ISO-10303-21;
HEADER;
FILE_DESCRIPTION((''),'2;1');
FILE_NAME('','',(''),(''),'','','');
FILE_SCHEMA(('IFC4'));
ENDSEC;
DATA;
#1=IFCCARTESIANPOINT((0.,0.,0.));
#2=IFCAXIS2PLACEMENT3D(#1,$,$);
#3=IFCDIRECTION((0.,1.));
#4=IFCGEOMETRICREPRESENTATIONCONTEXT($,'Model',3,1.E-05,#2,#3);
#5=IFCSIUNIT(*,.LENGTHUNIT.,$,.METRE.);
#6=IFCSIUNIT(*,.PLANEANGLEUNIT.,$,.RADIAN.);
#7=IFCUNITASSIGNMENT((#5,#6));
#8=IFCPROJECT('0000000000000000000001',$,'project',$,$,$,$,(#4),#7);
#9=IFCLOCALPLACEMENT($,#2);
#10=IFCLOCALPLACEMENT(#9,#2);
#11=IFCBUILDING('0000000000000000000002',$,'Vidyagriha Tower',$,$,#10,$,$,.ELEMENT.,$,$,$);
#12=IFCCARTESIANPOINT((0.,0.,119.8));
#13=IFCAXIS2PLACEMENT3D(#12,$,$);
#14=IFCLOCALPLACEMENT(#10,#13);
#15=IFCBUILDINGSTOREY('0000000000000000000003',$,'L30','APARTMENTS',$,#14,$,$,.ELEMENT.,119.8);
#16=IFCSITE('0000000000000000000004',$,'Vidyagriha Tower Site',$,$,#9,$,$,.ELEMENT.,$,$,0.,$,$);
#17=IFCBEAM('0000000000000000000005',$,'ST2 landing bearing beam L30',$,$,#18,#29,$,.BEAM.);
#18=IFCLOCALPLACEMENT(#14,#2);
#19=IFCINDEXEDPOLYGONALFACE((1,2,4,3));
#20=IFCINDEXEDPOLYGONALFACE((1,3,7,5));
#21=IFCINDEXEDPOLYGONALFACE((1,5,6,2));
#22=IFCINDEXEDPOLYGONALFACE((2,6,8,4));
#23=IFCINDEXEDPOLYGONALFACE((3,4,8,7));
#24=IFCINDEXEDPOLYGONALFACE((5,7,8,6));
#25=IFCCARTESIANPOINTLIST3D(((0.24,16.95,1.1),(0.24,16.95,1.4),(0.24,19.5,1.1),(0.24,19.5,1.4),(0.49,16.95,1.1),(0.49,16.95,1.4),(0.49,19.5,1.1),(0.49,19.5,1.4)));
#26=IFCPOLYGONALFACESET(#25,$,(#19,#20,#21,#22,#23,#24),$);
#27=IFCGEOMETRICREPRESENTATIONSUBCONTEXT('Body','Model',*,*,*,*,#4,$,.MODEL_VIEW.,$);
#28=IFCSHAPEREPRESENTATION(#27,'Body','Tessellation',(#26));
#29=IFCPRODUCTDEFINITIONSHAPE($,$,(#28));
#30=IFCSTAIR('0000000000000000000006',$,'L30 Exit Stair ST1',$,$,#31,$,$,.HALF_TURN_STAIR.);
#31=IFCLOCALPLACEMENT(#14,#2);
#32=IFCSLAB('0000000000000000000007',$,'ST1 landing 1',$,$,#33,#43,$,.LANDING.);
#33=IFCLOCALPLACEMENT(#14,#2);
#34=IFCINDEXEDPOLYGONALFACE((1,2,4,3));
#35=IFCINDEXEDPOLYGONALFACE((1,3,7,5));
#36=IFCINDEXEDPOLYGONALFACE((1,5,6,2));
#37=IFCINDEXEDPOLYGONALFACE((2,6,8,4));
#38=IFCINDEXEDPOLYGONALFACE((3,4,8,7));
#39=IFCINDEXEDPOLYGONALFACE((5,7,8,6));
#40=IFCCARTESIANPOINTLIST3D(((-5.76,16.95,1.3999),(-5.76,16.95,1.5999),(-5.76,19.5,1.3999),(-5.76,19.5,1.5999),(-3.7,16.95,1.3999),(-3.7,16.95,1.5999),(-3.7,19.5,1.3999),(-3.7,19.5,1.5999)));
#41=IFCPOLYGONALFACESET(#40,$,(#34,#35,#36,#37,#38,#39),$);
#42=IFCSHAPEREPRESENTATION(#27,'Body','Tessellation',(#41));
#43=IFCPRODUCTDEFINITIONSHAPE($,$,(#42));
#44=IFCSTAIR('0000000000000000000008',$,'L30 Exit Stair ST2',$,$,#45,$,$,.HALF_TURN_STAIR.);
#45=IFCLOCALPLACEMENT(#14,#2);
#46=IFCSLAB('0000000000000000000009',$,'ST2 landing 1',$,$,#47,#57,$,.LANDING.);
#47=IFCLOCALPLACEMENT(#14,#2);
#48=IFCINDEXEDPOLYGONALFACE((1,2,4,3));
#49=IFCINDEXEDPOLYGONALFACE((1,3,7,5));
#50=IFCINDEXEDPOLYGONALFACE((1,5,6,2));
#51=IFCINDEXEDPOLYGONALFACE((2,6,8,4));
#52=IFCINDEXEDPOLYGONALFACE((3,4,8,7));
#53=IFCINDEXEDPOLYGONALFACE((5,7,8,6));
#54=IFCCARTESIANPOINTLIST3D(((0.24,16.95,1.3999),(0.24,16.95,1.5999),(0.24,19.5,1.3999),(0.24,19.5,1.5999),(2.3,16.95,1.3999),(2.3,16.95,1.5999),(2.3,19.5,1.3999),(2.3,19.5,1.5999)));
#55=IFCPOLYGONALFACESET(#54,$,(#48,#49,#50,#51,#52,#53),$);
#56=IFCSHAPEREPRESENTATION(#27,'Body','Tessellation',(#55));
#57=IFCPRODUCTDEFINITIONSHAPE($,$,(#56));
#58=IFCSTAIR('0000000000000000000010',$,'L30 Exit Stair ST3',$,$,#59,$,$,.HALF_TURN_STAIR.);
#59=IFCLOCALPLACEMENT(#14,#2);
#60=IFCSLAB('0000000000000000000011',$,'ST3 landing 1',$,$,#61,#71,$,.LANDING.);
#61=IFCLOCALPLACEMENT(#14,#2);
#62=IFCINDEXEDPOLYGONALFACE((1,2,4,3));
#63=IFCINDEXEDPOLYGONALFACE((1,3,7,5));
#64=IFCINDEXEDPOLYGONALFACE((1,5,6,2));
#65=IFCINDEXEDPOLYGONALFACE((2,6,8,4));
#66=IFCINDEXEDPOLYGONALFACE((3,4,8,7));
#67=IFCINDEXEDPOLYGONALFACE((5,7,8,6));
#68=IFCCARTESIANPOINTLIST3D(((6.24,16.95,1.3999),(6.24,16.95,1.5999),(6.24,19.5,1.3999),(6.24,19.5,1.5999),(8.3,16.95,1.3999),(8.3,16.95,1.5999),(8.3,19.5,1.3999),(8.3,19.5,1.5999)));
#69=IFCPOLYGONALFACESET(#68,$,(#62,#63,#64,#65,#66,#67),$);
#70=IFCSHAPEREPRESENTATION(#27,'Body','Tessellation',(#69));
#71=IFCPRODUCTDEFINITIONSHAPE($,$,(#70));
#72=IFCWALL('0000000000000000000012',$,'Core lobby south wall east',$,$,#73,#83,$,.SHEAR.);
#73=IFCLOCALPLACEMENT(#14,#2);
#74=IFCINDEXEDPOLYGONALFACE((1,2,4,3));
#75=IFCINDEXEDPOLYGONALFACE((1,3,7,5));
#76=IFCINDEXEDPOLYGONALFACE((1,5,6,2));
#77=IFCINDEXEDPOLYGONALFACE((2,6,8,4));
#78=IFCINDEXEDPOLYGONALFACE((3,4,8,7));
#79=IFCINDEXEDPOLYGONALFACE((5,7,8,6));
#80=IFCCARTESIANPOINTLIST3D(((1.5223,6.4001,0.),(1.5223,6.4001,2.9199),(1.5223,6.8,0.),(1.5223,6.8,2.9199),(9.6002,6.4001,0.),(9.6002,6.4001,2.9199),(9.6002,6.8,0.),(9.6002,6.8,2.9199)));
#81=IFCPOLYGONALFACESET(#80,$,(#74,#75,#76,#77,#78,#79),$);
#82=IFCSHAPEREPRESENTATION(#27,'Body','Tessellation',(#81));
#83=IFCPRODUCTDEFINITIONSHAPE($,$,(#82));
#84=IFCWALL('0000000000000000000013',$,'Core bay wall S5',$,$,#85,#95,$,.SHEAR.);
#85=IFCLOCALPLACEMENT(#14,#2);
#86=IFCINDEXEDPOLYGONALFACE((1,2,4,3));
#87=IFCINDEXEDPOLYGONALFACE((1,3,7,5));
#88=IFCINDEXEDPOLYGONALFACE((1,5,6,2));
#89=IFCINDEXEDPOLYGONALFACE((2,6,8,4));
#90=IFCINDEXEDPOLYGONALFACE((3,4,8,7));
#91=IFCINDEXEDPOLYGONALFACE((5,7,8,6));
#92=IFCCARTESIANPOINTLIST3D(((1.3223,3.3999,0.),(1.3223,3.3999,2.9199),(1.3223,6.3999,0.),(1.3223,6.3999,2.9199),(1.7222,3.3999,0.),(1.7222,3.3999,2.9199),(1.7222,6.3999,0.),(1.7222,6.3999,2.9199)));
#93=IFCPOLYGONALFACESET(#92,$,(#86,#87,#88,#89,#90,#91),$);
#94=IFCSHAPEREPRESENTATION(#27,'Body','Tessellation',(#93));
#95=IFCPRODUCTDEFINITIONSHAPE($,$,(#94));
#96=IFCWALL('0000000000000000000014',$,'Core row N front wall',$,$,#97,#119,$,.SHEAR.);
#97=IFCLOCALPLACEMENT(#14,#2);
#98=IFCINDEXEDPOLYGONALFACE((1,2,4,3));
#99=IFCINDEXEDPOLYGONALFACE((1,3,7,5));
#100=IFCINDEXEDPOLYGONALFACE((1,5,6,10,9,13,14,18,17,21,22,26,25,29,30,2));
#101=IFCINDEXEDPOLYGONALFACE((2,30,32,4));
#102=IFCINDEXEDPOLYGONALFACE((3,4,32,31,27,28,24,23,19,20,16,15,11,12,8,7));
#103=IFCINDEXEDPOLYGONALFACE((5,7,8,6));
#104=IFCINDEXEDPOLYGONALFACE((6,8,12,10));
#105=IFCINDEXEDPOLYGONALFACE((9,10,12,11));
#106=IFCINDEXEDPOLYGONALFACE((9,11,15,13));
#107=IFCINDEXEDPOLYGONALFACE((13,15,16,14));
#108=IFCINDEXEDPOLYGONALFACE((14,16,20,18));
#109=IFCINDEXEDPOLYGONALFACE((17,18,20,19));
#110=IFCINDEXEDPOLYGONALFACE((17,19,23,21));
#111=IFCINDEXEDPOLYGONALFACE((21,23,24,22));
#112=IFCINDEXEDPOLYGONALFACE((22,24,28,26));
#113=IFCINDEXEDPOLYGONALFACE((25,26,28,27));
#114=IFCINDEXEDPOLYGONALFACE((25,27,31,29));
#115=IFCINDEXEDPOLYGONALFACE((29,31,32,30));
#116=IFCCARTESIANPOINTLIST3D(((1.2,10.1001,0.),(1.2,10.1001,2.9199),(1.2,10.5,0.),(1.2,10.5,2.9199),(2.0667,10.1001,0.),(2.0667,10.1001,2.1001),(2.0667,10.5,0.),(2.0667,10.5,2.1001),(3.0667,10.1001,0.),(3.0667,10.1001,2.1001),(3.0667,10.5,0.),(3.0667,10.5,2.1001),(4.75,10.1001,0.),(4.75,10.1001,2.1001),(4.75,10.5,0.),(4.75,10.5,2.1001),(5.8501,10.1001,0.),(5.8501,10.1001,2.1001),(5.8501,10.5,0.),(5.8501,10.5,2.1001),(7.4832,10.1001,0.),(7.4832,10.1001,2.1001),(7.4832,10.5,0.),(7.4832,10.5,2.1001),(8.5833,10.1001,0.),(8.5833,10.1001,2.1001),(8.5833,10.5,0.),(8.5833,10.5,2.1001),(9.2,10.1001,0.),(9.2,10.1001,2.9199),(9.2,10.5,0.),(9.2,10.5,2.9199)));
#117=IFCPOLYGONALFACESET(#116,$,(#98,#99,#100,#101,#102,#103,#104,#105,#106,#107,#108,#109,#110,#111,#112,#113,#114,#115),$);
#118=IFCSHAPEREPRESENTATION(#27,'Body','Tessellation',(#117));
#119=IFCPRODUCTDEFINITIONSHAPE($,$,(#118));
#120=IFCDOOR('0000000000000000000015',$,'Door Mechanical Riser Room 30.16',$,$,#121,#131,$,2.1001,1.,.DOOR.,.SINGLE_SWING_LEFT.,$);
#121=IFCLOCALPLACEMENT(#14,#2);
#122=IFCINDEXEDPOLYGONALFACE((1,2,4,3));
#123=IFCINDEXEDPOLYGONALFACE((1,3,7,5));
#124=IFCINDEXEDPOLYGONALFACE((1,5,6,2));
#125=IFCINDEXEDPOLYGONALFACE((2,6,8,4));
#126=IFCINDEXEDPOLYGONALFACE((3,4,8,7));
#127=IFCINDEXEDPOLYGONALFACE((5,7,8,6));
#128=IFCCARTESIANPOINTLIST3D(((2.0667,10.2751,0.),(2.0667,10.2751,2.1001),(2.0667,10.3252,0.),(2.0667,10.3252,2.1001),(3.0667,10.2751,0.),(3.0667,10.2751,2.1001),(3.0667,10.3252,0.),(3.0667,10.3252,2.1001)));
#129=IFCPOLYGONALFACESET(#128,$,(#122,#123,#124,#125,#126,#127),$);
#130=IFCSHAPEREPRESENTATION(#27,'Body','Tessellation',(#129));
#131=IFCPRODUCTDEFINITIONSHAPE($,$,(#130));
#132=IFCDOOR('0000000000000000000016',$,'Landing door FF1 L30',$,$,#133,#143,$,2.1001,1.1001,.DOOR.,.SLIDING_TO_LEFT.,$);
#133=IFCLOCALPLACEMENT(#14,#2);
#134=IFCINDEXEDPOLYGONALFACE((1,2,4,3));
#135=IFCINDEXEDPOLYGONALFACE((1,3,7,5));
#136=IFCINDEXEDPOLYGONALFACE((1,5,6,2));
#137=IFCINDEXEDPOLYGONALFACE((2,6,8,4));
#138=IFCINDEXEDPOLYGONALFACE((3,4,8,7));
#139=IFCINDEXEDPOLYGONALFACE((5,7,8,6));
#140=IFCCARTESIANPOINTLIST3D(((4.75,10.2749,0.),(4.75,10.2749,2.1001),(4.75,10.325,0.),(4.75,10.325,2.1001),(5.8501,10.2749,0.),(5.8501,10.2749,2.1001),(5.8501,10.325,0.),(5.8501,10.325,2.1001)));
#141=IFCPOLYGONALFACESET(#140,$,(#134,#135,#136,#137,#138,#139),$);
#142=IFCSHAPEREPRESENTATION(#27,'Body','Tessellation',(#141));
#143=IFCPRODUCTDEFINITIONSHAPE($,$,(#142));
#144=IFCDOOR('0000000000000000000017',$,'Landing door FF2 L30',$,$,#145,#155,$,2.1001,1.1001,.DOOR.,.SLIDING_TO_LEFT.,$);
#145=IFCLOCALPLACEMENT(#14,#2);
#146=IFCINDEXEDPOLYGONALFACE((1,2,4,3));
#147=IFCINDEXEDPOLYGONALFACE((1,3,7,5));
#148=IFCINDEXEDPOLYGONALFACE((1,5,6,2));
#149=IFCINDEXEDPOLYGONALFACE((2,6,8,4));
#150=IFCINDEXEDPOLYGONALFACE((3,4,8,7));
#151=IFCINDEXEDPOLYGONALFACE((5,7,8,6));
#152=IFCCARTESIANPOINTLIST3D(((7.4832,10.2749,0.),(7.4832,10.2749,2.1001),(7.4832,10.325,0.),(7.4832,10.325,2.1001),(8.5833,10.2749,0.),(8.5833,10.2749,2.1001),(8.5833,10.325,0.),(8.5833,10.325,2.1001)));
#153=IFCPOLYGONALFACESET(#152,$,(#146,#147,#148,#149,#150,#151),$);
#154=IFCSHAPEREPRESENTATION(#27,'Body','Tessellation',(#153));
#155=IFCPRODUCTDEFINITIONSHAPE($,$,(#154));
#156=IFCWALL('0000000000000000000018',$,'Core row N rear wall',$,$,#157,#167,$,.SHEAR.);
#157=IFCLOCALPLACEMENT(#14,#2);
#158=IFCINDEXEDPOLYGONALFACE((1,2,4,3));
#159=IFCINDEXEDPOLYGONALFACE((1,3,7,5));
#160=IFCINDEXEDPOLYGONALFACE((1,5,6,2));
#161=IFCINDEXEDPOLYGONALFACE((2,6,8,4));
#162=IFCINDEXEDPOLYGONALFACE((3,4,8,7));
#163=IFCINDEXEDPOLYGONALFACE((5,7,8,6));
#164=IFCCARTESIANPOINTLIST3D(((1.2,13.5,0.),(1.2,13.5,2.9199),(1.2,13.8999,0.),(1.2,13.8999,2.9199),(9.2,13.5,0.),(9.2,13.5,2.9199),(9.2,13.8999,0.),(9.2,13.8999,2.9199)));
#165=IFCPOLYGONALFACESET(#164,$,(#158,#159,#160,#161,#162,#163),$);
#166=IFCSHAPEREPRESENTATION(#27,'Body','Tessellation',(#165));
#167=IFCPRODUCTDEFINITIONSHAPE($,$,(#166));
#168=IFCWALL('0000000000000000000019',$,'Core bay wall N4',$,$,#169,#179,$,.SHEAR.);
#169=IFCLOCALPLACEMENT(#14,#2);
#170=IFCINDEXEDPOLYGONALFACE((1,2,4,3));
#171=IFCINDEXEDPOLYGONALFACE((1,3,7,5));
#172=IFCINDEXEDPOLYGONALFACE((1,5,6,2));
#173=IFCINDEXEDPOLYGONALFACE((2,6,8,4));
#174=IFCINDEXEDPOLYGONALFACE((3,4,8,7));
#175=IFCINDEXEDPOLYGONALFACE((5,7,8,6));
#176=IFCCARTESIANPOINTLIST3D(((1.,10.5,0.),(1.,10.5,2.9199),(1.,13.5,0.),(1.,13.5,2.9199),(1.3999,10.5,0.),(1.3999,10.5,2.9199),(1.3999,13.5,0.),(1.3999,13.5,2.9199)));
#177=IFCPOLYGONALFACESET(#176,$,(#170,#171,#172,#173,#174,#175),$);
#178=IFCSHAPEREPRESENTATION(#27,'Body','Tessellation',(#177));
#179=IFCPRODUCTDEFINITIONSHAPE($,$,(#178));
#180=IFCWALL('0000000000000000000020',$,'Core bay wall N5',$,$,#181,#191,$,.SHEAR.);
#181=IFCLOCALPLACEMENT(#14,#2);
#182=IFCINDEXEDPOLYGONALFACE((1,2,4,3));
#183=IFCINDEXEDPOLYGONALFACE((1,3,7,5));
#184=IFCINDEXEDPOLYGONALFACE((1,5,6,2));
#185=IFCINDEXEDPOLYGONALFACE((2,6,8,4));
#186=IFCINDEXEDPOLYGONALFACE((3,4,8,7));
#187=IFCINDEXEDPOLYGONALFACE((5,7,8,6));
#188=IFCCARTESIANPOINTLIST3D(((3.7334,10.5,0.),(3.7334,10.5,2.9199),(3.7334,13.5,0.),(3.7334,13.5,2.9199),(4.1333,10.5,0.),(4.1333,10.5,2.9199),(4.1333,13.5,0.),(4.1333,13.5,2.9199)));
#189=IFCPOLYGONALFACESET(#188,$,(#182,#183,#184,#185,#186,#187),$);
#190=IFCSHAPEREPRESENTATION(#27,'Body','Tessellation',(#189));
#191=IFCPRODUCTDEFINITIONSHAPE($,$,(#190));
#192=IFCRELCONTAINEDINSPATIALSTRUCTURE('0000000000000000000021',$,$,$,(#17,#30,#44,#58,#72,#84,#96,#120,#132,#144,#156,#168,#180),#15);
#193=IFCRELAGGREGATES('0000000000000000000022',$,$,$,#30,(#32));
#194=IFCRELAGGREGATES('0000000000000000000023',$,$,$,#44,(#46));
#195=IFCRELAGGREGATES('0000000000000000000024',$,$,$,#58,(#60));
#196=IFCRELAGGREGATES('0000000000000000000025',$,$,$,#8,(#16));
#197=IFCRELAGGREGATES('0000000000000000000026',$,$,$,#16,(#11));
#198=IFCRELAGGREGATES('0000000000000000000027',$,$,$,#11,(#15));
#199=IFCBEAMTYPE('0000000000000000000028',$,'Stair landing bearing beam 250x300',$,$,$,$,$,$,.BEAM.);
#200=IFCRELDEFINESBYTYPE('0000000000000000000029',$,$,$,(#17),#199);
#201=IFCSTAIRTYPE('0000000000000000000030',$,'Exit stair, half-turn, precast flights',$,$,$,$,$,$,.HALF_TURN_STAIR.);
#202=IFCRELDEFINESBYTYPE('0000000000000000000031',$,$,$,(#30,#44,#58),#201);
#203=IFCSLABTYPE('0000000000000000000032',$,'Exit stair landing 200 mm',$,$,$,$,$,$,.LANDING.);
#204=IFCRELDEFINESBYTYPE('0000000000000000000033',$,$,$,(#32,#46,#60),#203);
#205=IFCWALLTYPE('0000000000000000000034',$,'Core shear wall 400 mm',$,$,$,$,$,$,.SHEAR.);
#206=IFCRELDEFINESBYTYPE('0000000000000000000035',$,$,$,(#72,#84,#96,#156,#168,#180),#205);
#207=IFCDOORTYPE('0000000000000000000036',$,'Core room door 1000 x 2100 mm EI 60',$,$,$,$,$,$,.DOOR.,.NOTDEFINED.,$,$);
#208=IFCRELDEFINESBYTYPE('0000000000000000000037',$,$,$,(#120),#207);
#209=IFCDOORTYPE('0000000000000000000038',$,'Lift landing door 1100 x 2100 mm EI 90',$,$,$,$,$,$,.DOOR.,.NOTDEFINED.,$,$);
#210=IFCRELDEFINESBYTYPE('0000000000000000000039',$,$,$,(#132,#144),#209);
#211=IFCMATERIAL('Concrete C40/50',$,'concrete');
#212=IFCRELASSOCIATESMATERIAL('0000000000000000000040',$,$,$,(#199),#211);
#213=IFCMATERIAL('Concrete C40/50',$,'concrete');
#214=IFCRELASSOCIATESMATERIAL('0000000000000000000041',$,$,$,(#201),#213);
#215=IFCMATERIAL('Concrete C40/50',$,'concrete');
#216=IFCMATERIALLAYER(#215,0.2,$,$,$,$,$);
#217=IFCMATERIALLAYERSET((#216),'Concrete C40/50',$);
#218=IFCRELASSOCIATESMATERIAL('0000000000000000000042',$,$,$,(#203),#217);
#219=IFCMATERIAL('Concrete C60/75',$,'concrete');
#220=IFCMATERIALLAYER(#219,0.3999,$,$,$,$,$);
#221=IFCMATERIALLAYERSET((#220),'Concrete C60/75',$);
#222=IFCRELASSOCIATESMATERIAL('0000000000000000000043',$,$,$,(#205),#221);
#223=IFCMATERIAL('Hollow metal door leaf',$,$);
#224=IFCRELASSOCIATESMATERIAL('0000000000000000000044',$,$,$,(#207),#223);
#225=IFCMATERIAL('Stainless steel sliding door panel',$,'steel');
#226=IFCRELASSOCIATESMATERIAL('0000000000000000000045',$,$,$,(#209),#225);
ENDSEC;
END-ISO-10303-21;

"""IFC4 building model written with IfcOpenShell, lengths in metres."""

from ifc_helpers import new_model, si_unit, direction, frame, frame_2d, origin, origin_2d, place, context, subcontext, project, spatial, polyline, rectangle, outline, extrude, material, layer, layer_set, material_profile, profile_set, type_object, element, fill, aggregate, save


model = new_model("IFC4")

# Units and contexts
model_context = context("Model", 3, precision=1e-05, world=origin(), true_north=direction((0.0, 1.0)))
body_context = subcontext(model_context, "Body", "Model", "MODEL_VIEW")
ifc_project = project(units=[si_unit("LENGTHUNIT", "METRE"), si_unit("PLANEANGLEUNIT", "RADIAN")], contexts=[model_context])

# Site, building, storey
site_placement = place(None, origin())
site = spatial("IfcSite", under=ifc_project, at=site_placement, Name="Vidyagriha Tower Site", CompositionType="ELEMENT", RefElevation=0.0)
building_placement = place(site_placement, origin())
building = spatial("IfcBuilding", under=site, at=building_placement, Name="Vidyagriha Tower", CompositionType="ELEMENT")
storey_placement = place(building_placement, frame((0.0, 0.0, 119.8)))
storey = spatial("IfcBuildingStorey", under=building, at=storey_placement, Name="L30", Description="APARTMENTS", CompositionType="ELEMENT", Elevation=119.8)

# Beam
ifc_material_1 = material(Name="Concrete C40/50", Category="concrete")
ifc_material_profile = material_profile(ifc_material_1, rectangle(XDim=0.25, YDim=0.3, at=origin_2d()), Name="Stair landing bearing beam 250x300")
ifc_profile_set = profile_set([ifc_material_profile], Name="Concrete C40/50")
beam_type = type_object("IfcBeamType", Name="Stair landing bearing beam 250x300", PredefinedType="BEAM", material=ifc_profile_set)
beam_placement = place(storey_placement, frame((0.365, 16.95, 1.25), z_axis=(0.0, 1.0, 0.0), x_axis=(-1.0, 0.0, 0.0)))
element("IfcBeam", 1, at=beam_placement, inside=storey, type_object=beam_type, Name="ST2 landing bearing beam L30", PredefinedType="BEAM", context=body_context, shape_type="SweptSolid", body=[
    extrude(rectangle(XDim=0.25, YDim=0.3, at=origin_2d()), origin(), (0.0, 0.0, 1.0), 2.55),
])

# Stairs, slabs
ifc_material_2 = material(Name="Concrete C40/50", Category="concrete")
stair_type = type_object("IfcStairType", Name="Exit stair, half-turn, precast flights", PredefinedType="HALF_TURN_STAIR", material=ifc_material_2)
stair_1_placement = place(storey_placement, origin())
stair_1 = element("IfcStair", 2, at=stair_1_placement, inside=storey, type_object=stair_type, Name="L30 Exit Stair ST1", PredefinedType="HALF_TURN_STAIR")
ifc_material_3 = material(Name="Concrete C40/50", Category="concrete")
ifc_layer_1 = layer(ifc_material_3, 0.2)
ifc_layer_set_1 = layer_set([ifc_layer_1], Name="Concrete C40/50")
slab_type = type_object("IfcSlabType", Name="Exit stair landing 200 mm", PredefinedType="LANDING", material=ifc_layer_set_1)
slab_1_placement = place(storey_placement, frame((0.0, 0.0, 1.3999)))
slab_1 = element("IfcSlab", 3, at=slab_1_placement, type_object=slab_type, Name="ST1 landing 1", PredefinedType="LANDING", context=body_context, shape_type="SweptSolid", body=[
    extrude(outline(polyline([(-5.76, 16.95), (-3.7, 16.95), (-3.7, 19.5), (-5.76, 19.5), (-5.76, 16.95)])), origin(), (0.0, 0.0, 1.0), 0.2),
])
aggregate(stair_1, [slab_1])
stair_2_placement = place(storey_placement, origin())
stair_2 = element("IfcStair", 4, at=stair_2_placement, inside=storey, type_object=stair_type, Name="L30 Exit Stair ST2", PredefinedType="HALF_TURN_STAIR")
slab_2_placement = place(storey_placement, frame((0.0, 0.0, 1.3999)))
slab_2 = element("IfcSlab", 5, at=slab_2_placement, type_object=slab_type, Name="ST2 landing 1", PredefinedType="LANDING", context=body_context, shape_type="SweptSolid", body=[
    extrude(outline(polyline([(0.24, 16.95), (2.3, 16.95), (2.3, 19.5), (0.24, 19.5), (0.24, 16.95)])), origin(), (0.0, 0.0, 1.0), 0.2),
])
aggregate(stair_2, [slab_2])
stair_3_placement = place(storey_placement, origin())
stair_3 = element("IfcStair", 6, at=stair_3_placement, inside=storey, type_object=stair_type, Name="L30 Exit Stair ST3", PredefinedType="HALF_TURN_STAIR")
slab_3_placement = place(storey_placement, frame((0.0, 0.0, 1.3999)))
slab_3 = element("IfcSlab", 7, at=slab_3_placement, type_object=slab_type, Name="ST3 landing 1", PredefinedType="LANDING", context=body_context, shape_type="SweptSolid", body=[
    extrude(outline(polyline([(6.24, 16.95), (8.3, 16.95), (8.3, 19.5), (6.24, 19.5), (6.24, 16.95)])), origin(), (0.0, 0.0, 1.0), 0.2),
])
aggregate(stair_3, [slab_3])

# Walls
ifc_material_4 = material(Name="Concrete C60/75", Category="concrete")
ifc_layer_2 = layer(ifc_material_4, 0.3999)
ifc_layer_set_2 = layer_set([ifc_layer_2], Name="Concrete C60/75")
wall_type_1 = type_object("IfcWallType", Name="Core shear wall 400 mm", PredefinedType="SHEAR", material=ifc_layer_set_2)
wall_1_placement = place(storey_placement, frame((1.5222, 6.6001, 0.0)))
element("IfcWall", 8, at=wall_1_placement, inside=storey, type_object=wall_type_1, Name="Core lobby south wall east", PredefinedType="SHEAR", context=body_context, shape_type="SweptSolid", body=[
    extrude(rectangle(XDim=8.0779, YDim=0.3999, at=frame_2d((4.0391, 0.0))), origin(), (0.0, 0.0, 1.0), 2.9199),
])
wall_2_placement = place(storey_placement, frame((1.5222, 3.3999, 0.0), z_axis=(0.0, 0.0, 1.0), x_axis=(0.0, 1.0, 0.0)))
element("IfcWall", 9, at=wall_2_placement, inside=storey, type_object=wall_type_1, Name="Core bay wall S5", PredefinedType="SHEAR", context=body_context, shape_type="SweptSolid", body=[
    extrude(rectangle(XDim=3.0, YDim=0.3999, at=frame_2d((1.5, 0.0))), origin(), (0.0, 0.0, 1.0), 2.9199),
])

# Wall, openings, doors
wall_3_placement = place(storey_placement, frame((1.2, 10.3, 0.0)))
wall_3 = element("IfcWall", 10, at=wall_3_placement, inside=storey, type_object=wall_type_1, Name="Core row N front wall", PredefinedType="SHEAR", context=body_context, shape_type="SweptSolid", body=[
    extrude(rectangle(XDim=8.0, YDim=0.3999, at=frame_2d((4.0, 0.0))), origin(), (0.0, 0.0, 1.0), 2.9199),
])
opening_1_placement = place(wall_3_placement, frame((3.55, 0.0, 0.0)))
opening_1 = element("IfcOpeningElement", 11, at=opening_1_placement, cuts=wall_3, PredefinedType="OPENING", context=body_context, shape_type="SweptSolid", body=[
    extrude(rectangle(XDim=1.1001, YDim=2.1001, at=frame_2d((0.55, 1.05))), frame((0.0, 0.21, 0.0), z_axis=(0.0, -1.0, 0.0), x_axis=(1.0, 0.0, 0.0)), (0.0, 0.0, 1.0), 0.4199),
])
opening_2_placement = place(wall_3_placement, frame((6.2832, 0.0, 0.0)))
opening_2 = element("IfcOpeningElement", 12, at=opening_2_placement, cuts=wall_3, PredefinedType="OPENING", context=body_context, shape_type="SweptSolid", body=[
    extrude(rectangle(XDim=1.1001, YDim=2.1001, at=frame_2d((0.55, 1.05))), frame((0.0, 0.21, 0.0), z_axis=(0.0, -1.0, 0.0), x_axis=(1.0, 0.0, 0.0)), (0.0, 0.0, 1.0), 0.4199),
])
opening_3_placement = place(wall_3_placement, frame((0.8667, 0.0, 0.0)))
opening_3 = element("IfcOpeningElement", 13, at=opening_3_placement, cuts=wall_3, PredefinedType="OPENING", context=body_context, shape_type="SweptSolid", body=[
    extrude(rectangle(XDim=1.0, YDim=2.1001, at=frame_2d((0.5, 1.05))), frame((0.0, 0.21, 0.0), z_axis=(0.0, -1.0, 0.0), x_axis=(1.0, 0.0, 0.0)), (0.0, 0.0, 1.0), 0.4199),
])
ifc_material_5 = material(Name="Hollow metal door leaf")
door_type_1 = type_object("IfcDoorType", Name="Core room door 1000 x 2100 mm EI 60", OperationType="NOTDEFINED", PredefinedType="DOOR", material=ifc_material_5)
door_1_placement = place(opening_3_placement, frame((1.0, 0.0, 0.0), z_axis=(0.0, 0.0, 1.0), x_axis=(-1.0, 0.0, 0.0)))
door_1 = element("IfcDoor", 14, at=door_1_placement, inside=storey, type_object=door_type_1, Name="Door Mechanical Riser Room 30.16", OperationType="SINGLE_SWING_LEFT", OverallHeight=2.1001, OverallWidth=1.0, PredefinedType="DOOR", context=body_context, shape_type="SweptSolid", body=[
    extrude(rectangle(XDim=1.0, YDim=2.1001, at=frame_2d((0.5, 1.05))), frame((0.0, 0.0249, 0.0), z_axis=(0.0, -1.0, 0.0), x_axis=(1.0, 0.0, 0.0)), (0.0, 0.0, 1.0), 0.05),
])
fill(opening_3, door_1)
ifc_material_6 = material(Name="Stainless steel sliding door panel", Category="steel")
door_type_2 = type_object("IfcDoorType", Name="Lift landing door 1100 x 2100 mm EI 90", OperationType="NOTDEFINED", PredefinedType="DOOR", material=ifc_material_6)
door_2_placement = place(opening_1_placement, origin())
door_2 = element("IfcDoor", 15, at=door_2_placement, inside=storey, type_object=door_type_2, Name="Landing door FF1 L30", OperationType="SLIDING_TO_LEFT", OverallHeight=2.1001, OverallWidth=1.1001, PredefinedType="DOOR", context=body_context, shape_type="SweptSolid", body=[
    extrude(rectangle(XDim=1.1001, YDim=2.1001, at=frame_2d((0.55, 1.05))), frame((0.0, 0.0249, 0.0), z_axis=(0.0, -1.0, 0.0), x_axis=(1.0, 0.0, 0.0)), (0.0, 0.0, 1.0), 0.05),
])
fill(opening_1, door_2)
door_3_placement = place(opening_2_placement, origin())
door_3 = element("IfcDoor", 16, at=door_3_placement, inside=storey, type_object=door_type_2, Name="Landing door FF2 L30", OperationType="SLIDING_TO_LEFT", OverallHeight=2.1001, OverallWidth=1.1001, PredefinedType="DOOR", context=body_context, shape_type="SweptSolid", body=[
    extrude(rectangle(XDim=1.1001, YDim=2.1001, at=frame_2d((0.55, 1.05))), frame((0.0, 0.0249, 0.0), z_axis=(0.0, -1.0, 0.0), x_axis=(1.0, 0.0, 0.0)), (0.0, 0.0, 1.0), 0.05),
])
fill(opening_2, door_3)

# Walls
wall_4_placement = place(storey_placement, frame((1.2, 13.7, 0.0)))
element("IfcWall", 17, at=wall_4_placement, inside=storey, type_object=wall_type_1, Name="Core row N rear wall", PredefinedType="SHEAR", context=body_context, shape_type="SweptSolid", body=[
    extrude(rectangle(XDim=8.0, YDim=0.3999, at=frame_2d((4.0, 0.0))), origin(), (0.0, 0.0, 1.0), 2.9199),
])
for number, where, z_axis, x_axis, name in (
    (18, (1.2, 10.5, 0.0), (0.0, 0.0, 1.0), (0.0, 1.0, 0.0), "Core bay wall N4"),
    (19, (3.9333, 10.5, 0.0), (0.0, 0.0, 1.0), (0.0, 1.0, 0.0), "Core bay wall N5"),
):
    element("IfcWall", number, at=place(storey_placement, frame(where, z_axis=z_axis, x_axis=x_axis)), inside=storey, type_object=wall_type_1, Name=name, PredefinedType="SHEAR", context=body_context, shape_type="SweptSolid", body=[
        extrude(rectangle(XDim=3.0, YDim=0.3999, at=frame_2d((1.5, 0.0))), origin(), (0.0, 0.0, 1.0), 2.9199),
    ])

save(model, "model.ifc")
